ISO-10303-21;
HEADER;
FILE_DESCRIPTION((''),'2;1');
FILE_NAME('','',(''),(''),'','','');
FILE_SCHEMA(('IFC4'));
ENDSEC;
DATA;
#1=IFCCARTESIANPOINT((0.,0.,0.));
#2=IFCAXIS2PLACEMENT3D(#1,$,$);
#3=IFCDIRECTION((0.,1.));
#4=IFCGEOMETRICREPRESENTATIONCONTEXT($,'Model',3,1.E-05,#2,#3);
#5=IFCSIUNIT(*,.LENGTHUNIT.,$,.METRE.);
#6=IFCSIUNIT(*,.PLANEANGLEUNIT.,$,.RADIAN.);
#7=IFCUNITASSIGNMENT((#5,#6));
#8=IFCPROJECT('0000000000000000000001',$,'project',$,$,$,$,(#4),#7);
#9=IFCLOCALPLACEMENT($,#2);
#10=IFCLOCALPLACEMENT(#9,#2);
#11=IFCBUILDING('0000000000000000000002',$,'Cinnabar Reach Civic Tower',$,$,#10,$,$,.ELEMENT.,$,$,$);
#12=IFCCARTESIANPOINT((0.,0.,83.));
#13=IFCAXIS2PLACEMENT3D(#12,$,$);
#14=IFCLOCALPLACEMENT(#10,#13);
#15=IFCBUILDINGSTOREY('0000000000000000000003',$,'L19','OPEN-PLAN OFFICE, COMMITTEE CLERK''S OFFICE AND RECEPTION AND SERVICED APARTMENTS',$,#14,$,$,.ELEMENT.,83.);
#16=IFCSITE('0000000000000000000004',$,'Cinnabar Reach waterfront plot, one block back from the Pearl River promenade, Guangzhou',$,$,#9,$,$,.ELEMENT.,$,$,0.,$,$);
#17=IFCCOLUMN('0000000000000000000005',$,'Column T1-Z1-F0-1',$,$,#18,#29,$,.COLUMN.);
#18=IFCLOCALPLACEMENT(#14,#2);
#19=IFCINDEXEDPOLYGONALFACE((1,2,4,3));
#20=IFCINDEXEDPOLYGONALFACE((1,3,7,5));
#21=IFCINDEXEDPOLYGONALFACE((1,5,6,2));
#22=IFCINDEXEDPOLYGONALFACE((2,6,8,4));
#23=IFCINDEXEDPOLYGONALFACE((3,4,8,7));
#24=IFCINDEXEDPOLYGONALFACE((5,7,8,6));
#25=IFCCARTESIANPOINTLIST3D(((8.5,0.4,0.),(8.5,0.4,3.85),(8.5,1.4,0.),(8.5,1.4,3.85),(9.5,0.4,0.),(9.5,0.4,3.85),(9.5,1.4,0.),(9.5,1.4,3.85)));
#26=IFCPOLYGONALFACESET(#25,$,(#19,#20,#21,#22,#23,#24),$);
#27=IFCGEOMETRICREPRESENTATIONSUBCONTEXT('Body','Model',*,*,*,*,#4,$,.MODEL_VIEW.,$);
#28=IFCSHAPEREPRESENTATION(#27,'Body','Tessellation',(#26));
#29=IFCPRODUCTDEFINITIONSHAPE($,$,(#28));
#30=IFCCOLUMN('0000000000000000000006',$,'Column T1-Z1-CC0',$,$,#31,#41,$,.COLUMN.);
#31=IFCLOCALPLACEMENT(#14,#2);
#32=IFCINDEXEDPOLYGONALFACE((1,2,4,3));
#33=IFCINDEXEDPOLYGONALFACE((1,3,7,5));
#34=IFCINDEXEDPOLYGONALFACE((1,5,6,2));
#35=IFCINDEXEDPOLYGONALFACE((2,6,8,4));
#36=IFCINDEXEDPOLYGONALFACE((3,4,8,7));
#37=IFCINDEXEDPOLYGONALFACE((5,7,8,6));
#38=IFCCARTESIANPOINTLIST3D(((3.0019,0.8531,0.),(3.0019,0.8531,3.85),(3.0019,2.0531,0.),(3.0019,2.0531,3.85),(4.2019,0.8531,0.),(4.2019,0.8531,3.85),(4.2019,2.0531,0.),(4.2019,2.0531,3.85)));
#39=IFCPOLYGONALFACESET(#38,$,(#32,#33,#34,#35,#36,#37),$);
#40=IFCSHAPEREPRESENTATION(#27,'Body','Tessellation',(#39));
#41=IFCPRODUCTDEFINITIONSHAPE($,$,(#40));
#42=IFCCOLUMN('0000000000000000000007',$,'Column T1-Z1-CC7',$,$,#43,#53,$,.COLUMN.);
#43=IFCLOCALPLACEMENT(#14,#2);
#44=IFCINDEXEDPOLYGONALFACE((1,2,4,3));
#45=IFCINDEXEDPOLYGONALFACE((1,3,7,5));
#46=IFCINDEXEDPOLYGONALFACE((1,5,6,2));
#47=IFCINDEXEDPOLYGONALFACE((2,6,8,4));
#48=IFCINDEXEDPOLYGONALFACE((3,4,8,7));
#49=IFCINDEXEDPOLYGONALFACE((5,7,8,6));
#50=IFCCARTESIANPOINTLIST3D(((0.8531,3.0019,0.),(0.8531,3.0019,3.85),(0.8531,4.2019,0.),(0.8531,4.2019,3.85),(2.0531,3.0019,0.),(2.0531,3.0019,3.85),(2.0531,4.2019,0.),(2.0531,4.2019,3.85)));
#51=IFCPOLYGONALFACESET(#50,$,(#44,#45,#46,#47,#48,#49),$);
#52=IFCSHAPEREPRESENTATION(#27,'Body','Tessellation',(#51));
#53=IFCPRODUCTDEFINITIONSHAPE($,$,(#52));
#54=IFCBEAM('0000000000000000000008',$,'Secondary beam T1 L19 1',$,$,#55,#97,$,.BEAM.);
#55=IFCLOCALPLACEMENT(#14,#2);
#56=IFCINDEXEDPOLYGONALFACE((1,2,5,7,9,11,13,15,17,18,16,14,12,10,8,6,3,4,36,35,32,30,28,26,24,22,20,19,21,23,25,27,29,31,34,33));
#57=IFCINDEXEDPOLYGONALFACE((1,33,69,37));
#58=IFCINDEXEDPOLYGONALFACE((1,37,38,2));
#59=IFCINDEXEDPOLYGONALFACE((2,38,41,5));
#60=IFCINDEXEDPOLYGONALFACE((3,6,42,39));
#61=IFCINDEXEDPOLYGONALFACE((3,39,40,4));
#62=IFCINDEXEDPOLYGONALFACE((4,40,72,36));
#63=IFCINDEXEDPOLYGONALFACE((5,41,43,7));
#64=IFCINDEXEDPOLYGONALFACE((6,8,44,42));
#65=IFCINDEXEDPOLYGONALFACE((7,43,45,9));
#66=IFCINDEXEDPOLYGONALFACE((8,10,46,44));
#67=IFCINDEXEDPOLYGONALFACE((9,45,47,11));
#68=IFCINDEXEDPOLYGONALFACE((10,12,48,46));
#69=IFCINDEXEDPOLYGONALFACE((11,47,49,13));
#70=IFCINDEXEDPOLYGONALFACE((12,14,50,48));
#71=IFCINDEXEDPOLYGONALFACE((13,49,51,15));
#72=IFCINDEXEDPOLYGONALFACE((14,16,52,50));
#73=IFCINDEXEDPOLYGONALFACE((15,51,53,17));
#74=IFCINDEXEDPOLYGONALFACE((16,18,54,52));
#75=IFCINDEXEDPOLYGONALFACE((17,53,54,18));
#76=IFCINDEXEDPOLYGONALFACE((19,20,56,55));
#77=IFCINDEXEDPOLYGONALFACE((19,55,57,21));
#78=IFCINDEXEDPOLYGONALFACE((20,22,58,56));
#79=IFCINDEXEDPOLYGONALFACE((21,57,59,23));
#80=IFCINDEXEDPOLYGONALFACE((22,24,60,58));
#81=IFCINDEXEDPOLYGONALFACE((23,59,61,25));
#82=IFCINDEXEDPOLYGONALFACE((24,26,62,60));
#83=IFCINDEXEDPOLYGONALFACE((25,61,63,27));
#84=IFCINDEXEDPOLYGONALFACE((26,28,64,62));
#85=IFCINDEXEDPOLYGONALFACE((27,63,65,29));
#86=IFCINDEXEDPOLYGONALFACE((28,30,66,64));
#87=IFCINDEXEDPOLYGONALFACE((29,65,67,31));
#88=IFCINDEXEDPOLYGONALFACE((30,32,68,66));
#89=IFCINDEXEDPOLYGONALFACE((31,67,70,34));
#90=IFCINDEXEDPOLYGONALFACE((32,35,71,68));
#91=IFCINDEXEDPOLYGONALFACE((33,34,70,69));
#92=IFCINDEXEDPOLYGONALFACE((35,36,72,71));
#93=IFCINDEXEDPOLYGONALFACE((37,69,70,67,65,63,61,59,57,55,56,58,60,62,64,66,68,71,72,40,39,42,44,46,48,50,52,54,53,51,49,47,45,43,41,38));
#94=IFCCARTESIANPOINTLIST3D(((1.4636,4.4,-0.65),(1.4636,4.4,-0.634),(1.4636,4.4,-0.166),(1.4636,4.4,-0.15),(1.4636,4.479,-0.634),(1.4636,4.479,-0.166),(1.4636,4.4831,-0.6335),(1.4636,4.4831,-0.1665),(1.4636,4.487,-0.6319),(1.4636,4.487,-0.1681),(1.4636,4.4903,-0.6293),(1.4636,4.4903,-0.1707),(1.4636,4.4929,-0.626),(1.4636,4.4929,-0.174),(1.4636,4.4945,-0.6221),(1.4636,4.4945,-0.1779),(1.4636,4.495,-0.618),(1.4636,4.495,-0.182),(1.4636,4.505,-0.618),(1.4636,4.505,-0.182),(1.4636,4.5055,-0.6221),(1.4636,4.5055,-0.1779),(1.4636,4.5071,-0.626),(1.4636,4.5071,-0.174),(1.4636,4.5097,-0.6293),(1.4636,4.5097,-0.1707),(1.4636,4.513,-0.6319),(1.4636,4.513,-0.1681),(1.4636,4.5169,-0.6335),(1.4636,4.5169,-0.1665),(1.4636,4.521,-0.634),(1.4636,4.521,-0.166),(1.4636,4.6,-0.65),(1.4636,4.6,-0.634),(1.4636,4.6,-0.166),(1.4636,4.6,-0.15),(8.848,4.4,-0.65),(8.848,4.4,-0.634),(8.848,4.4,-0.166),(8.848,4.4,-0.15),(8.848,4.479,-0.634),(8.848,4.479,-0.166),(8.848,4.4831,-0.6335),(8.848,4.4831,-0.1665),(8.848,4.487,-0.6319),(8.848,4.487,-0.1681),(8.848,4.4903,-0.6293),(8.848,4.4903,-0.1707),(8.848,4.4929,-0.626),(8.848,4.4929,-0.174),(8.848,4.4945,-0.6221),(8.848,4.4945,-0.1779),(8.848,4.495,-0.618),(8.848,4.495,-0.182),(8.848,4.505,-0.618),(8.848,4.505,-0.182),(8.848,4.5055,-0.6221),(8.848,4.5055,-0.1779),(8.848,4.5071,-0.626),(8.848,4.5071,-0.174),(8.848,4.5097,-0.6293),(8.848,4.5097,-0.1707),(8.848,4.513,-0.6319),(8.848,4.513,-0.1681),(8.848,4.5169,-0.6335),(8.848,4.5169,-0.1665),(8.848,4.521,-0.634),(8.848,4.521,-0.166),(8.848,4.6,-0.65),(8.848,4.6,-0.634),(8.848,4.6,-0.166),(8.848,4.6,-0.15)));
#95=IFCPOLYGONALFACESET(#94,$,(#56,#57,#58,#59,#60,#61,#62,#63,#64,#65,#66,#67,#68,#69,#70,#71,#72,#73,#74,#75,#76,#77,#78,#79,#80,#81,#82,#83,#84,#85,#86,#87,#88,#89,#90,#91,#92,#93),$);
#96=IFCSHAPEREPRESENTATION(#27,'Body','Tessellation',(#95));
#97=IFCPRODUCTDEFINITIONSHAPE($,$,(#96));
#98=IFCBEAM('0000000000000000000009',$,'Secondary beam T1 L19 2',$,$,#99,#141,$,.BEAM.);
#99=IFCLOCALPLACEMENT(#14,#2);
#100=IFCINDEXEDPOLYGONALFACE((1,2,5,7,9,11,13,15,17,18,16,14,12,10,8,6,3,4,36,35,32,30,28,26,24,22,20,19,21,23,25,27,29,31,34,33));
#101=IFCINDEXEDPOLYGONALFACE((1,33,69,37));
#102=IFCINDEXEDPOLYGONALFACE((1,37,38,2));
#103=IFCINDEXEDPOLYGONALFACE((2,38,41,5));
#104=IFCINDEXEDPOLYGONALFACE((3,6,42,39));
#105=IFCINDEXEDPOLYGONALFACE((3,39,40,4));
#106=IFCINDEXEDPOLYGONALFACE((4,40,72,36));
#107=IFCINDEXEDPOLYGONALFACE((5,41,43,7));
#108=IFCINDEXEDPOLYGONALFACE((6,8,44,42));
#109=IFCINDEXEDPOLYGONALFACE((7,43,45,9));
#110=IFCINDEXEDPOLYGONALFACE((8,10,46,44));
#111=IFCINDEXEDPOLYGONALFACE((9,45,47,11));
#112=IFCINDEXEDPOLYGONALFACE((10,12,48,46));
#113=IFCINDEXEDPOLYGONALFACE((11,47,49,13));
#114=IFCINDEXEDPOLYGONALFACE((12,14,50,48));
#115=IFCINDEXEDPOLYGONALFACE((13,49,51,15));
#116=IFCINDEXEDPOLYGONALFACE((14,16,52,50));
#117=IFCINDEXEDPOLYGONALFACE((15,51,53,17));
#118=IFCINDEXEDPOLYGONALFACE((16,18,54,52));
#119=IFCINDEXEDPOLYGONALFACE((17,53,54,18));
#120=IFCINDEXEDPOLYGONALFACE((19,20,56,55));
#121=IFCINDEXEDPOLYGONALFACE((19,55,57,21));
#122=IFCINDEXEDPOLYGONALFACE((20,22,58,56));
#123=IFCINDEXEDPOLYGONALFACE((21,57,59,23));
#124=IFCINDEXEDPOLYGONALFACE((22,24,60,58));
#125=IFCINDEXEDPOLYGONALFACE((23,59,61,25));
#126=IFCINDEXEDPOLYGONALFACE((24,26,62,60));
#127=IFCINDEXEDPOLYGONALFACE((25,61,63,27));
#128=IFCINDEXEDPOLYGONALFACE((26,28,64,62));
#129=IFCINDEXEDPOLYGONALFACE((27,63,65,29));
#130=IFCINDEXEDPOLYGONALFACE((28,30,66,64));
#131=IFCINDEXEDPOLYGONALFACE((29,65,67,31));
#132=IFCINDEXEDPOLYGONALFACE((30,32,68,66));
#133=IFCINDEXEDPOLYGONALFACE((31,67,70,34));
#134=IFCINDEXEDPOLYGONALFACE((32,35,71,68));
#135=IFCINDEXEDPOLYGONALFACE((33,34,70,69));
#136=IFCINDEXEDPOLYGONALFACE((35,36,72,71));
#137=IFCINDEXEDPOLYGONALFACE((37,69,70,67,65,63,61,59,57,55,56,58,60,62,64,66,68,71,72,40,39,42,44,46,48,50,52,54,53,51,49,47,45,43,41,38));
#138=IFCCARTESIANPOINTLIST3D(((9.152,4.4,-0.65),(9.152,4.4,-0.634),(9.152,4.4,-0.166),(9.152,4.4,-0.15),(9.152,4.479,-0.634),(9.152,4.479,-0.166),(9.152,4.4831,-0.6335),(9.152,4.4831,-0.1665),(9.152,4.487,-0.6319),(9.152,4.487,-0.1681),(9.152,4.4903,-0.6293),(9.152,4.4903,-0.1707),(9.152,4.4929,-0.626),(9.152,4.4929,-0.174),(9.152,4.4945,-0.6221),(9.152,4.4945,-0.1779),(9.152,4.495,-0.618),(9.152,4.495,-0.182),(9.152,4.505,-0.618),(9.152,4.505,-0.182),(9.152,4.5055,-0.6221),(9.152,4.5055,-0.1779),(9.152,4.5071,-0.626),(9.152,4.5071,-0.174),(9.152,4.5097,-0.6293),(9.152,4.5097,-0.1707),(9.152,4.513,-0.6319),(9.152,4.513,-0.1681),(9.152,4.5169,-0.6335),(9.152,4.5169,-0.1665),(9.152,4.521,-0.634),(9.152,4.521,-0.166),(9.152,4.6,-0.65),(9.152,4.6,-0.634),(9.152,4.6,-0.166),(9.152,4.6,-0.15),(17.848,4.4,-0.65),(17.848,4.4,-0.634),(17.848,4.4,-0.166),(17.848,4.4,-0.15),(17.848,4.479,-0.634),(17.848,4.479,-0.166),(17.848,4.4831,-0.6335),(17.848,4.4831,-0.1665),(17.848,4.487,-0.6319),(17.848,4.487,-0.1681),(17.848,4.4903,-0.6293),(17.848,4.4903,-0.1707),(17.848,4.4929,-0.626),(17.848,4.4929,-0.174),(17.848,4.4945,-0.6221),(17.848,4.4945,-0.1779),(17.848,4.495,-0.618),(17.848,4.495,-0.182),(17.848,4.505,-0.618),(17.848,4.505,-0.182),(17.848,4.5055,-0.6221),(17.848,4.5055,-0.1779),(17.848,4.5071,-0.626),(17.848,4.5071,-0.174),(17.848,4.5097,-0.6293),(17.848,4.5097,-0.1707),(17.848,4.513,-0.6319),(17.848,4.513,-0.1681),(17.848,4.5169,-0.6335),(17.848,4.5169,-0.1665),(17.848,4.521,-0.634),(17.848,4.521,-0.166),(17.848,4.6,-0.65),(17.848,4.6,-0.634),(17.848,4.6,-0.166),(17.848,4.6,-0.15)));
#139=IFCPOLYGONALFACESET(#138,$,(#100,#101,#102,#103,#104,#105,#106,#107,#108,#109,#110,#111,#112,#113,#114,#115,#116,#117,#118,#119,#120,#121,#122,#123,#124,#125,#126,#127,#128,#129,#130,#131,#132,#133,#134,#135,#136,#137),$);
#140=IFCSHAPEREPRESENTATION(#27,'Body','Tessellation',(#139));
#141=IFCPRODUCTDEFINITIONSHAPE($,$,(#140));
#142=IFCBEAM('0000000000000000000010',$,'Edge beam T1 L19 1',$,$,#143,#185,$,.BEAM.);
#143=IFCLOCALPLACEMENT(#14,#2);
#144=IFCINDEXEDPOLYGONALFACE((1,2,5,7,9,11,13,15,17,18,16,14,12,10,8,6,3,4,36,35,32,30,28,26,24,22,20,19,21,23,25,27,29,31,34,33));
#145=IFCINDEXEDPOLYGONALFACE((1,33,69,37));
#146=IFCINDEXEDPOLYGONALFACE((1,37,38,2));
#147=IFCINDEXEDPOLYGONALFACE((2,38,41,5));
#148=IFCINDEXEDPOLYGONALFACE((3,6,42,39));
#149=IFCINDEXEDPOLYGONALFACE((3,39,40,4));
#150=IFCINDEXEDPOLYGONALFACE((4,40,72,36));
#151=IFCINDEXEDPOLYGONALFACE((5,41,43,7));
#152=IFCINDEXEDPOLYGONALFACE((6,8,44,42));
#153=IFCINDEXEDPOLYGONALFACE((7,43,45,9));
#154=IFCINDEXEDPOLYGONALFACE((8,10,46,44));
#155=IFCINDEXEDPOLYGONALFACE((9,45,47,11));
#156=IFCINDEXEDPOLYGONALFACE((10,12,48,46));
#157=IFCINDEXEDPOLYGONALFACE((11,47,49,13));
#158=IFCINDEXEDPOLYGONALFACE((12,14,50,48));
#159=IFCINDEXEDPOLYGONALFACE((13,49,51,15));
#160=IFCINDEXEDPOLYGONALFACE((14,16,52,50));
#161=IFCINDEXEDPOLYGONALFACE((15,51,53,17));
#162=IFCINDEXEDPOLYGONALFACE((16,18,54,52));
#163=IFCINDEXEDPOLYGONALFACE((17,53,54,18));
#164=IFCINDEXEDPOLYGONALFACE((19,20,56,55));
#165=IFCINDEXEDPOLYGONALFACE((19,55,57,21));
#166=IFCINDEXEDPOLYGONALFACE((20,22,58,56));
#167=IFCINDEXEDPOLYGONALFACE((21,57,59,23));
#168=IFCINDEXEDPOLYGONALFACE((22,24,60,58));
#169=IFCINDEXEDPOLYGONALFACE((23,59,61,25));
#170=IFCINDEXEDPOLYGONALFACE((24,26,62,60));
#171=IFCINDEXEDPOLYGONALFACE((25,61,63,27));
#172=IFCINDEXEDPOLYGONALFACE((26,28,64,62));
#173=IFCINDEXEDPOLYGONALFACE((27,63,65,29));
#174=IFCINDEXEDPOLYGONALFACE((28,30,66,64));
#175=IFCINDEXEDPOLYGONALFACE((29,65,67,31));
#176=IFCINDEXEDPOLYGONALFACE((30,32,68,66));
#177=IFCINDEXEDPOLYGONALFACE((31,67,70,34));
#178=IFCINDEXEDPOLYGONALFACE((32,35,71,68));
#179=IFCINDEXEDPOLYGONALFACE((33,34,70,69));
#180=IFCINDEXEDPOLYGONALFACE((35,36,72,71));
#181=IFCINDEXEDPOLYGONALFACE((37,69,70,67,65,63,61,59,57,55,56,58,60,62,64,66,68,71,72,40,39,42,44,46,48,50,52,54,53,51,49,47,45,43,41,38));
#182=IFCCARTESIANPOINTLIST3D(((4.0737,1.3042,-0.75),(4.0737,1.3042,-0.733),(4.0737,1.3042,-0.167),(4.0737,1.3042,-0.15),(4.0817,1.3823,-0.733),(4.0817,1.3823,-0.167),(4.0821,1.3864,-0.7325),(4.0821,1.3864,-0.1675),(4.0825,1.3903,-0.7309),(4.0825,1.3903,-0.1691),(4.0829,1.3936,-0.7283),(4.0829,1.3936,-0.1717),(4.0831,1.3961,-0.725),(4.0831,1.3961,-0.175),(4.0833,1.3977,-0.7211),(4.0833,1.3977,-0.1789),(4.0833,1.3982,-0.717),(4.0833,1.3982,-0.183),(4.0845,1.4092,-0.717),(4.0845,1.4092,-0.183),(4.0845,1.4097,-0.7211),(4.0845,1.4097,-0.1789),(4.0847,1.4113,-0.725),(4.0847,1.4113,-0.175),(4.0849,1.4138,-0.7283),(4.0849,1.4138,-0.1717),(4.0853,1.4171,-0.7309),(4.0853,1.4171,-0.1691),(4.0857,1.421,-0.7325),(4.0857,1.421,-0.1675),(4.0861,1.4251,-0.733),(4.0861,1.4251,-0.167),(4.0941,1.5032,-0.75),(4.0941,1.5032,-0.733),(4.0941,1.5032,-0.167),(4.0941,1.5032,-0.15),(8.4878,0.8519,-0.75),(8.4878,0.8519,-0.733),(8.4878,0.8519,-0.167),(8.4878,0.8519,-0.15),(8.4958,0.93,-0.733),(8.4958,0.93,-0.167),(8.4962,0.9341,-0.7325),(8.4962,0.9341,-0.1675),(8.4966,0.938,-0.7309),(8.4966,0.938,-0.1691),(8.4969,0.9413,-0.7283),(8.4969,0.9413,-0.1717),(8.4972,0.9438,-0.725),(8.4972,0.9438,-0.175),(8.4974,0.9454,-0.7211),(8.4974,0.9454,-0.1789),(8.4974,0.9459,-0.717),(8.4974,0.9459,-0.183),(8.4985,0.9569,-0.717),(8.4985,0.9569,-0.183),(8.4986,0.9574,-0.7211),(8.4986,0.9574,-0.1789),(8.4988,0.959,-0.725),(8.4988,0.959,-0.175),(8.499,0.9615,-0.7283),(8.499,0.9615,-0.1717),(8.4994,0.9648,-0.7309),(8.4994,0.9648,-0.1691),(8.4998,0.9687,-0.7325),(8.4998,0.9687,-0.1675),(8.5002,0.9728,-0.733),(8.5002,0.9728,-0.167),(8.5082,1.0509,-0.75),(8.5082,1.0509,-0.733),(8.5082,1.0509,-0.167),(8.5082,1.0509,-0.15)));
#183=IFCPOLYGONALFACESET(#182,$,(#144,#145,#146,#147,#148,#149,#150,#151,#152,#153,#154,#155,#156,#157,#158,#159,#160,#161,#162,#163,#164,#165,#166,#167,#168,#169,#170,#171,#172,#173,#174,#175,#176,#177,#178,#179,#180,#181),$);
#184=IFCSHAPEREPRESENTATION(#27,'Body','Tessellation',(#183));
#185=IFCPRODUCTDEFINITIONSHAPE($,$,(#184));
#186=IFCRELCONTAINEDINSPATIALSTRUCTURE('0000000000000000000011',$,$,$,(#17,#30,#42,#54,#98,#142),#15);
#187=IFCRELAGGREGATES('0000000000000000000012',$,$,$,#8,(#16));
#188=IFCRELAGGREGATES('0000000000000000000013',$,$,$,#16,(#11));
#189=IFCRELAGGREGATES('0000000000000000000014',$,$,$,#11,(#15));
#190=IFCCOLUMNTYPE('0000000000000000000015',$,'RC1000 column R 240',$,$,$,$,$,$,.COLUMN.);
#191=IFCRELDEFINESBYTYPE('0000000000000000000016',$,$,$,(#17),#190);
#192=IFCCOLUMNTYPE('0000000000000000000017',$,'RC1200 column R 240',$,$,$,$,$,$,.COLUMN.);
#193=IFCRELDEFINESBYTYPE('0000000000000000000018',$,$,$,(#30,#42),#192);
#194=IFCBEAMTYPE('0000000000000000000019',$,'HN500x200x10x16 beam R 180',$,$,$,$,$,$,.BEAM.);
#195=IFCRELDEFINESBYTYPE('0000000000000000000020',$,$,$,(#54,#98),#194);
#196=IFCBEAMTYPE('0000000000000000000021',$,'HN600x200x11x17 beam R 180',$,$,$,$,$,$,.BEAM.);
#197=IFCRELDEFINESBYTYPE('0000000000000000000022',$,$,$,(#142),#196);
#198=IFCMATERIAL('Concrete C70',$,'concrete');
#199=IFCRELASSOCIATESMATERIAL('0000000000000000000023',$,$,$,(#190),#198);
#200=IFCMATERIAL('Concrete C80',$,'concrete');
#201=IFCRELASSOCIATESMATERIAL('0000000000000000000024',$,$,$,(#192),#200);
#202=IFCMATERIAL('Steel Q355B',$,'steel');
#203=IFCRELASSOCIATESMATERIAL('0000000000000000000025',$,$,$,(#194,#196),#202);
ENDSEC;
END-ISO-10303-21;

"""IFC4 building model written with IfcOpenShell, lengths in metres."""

from ifc_helpers import new_model, si_unit, direction, frame, origin, origin_2d, place, context, subcontext, project, spatial, rectangle, i_section, extrude, material, material_profile, profile_set, type_object, element, save


model = new_model("IFC4")

# Units and contexts
model_context = context("Model", 3, precision=1e-05, world=origin(), true_north=direction((0.0, 1.0)))
body_context = subcontext(model_context, "Body", "Model", "MODEL_VIEW")
ifc_project = project(units=[si_unit("LENGTHUNIT", "METRE"), si_unit("PLANEANGLEUNIT", "RADIAN")], contexts=[model_context])

# Site, building, storey
site_placement = place(None, origin())
site = spatial("IfcSite", under=ifc_project, at=site_placement, Name="Cinnabar Reach waterfront plot, one block back from the Pearl River promenade, Guangzhou", CompositionType="ELEMENT", RefElevation=0.0)
building_placement = place(site_placement, origin())
building = spatial("IfcBuilding", under=site, at=building_placement, Name="Cinnabar Reach Civic Tower", CompositionType="ELEMENT")
storey_placement = place(building_placement, frame((0.0, 0.0, 83.0)))
storey = spatial("IfcBuildingStorey", under=building, at=storey_placement, Name="L19", Description="OPEN-PLAN OFFICE, COMMITTEE CLERK'S OFFICE AND RECEPTION AND SERVICED APARTMENTS", CompositionType="ELEMENT", Elevation=83.0)

# Columns
ifc_material_1 = material(Name="Concrete C70", Category="concrete")
ifc_material_profile_1 = material_profile(ifc_material_1, rectangle(XDim=1.0, YDim=1.0, at=origin_2d()), Name="RC1000")
ifc_profile_set_1 = profile_set([ifc_material_profile_1], Name="Concrete C70")
column_type_1 = type_object("IfcColumnType", Name="RC1000 column R 240", PredefinedType="COLUMN", material=ifc_profile_set_1)
column_placement = place(storey_placement, frame((9.0, 0.9, 0.0), z_axis=(0.0, 0.0, 1.0), x_axis=(1.0, 0.0, 0.0)))
element("IfcColumn", 1, at=column_placement, inside=storey, type_object=column_type_1, Name="Column T1-Z1-F0-1", PredefinedType="COLUMN", context=body_context, shape_type="SweptSolid", body=[
    extrude(rectangle(XDim=1.0, YDim=1.0, at=origin_2d()), origin(), (0.0, 0.0, 1.0), 3.85),
])
ifc_material_2 = material(Name="Concrete C80", Category="concrete")
ifc_material_profile_2 = material_profile(ifc_material_2, rectangle(XDim=1.2, YDim=1.2, at=origin_2d()), Name="RC1200")
ifc_profile_set_2 = profile_set([ifc_material_profile_2], Name="Concrete C80")
column_type_2 = type_object("IfcColumnType", Name="RC1200 column R 240", PredefinedType="COLUMN", material=ifc_profile_set_2)
for number, where, z_axis, x_axis, name in (
    (2, (3.6019, 1.4531, 0.0), (0.0, 0.0, 1.0), (1.0, 0.0, 0.0), "Column T1-Z1-CC0"),
    (3, (1.4531, 3.6019, 0.0), (0.0, 0.0, 1.0), (1.0, 0.0, 0.0), "Column T1-Z1-CC7"),
):
    element("IfcColumn", number, at=place(storey_placement, frame(where, z_axis=z_axis, x_axis=x_axis)), inside=storey, type_object=column_type_2, Name=name, PredefinedType="COLUMN", context=body_context, shape_type="SweptSolid", body=[
        extrude(rectangle(XDim=1.2, YDim=1.2, at=origin_2d()), origin(), (0.0, 0.0, 1.0), 3.85),
    ])

# Beams
ifc_material_3 = material(Name="Steel Q355B", Category="steel")
ifc_material_profile_3 = material_profile(ifc_material_3, i_section(OverallWidth=0.2, OverallDepth=0.5, WebThickness=0.01, FlangeThickness=0.016, FilletRadius=0.016, at=origin_2d()), Name="HN500x200x10x16")
ifc_profile_set_3 = profile_set([ifc_material_profile_3], Name="Steel Q355B")
beam_type_1 = type_object("IfcBeamType", Name="HN500x200x10x16 beam R 180", PredefinedType="BEAM", material=ifc_profile_set_3)
beam_1_placement = place(storey_placement, frame((1.4636, 4.5, -0.4), z_axis=(1.0, 0.0, 0.0), x_axis=(0.0, 1.0, 0.0)))
element("IfcBeam", 4, at=beam_1_placement, inside=storey, type_object=beam_type_1, Name="Secondary beam T1 L19 1", PredefinedType="BEAM", context=body_context, shape_type="SweptSolid", body=[
    extrude(i_section(OverallWidth=0.2, OverallDepth=0.5, WebThickness=0.01, FlangeThickness=0.016, FilletRadius=0.016, at=origin_2d()), origin(), (0.0, 0.0, 1.0), 7.3844),
])
beam_2_placement = place(storey_placement, frame((9.152, 4.5, -0.4), z_axis=(1.0, 0.0, 0.0), x_axis=(0.0, 1.0, 0.0)))
element("IfcBeam", 5, at=beam_2_placement, inside=storey, type_object=beam_type_1, Name="Secondary beam T1 L19 2", PredefinedType="BEAM", context=body_context, shape_type="SweptSolid", body=[
    extrude(i_section(OverallWidth=0.2, OverallDepth=0.5, WebThickness=0.01, FlangeThickness=0.016, FilletRadius=0.016, at=origin_2d()), origin(), (0.0, 0.0, 1.0), 8.696),
])
ifc_material_profile_4 = material_profile(ifc_material_3, i_section(OverallWidth=0.2, OverallDepth=0.6, WebThickness=0.011, FlangeThickness=0.017, FilletRadius=0.016, at=origin_2d()), Name="HN600x200x11x17")
ifc_profile_set_4 = profile_set([ifc_material_profile_4], Name="Steel Q355B")
beam_type_2 = type_object("IfcBeamType", Name="HN600x200x11x17 beam R 180", PredefinedType="BEAM", material=ifc_profile_set_4)
for number, where, z_axis, x_axis, name in (
    (6, (4.0839, 1.4037, -0.45), (0.994791, -0.101933, 0.0), (0.101933, 0.994791, 0.0), "Edge beam T1 L19 1"),
):
    element("IfcBeam", number, at=place(storey_placement, frame(where, z_axis=z_axis, x_axis=x_axis)), inside=storey, type_object=beam_type_2, Name=name, PredefinedType="BEAM", context=body_context, shape_type="SweptSolid", body=[
        extrude(i_section(OverallWidth=0.2, OverallDepth=0.6, WebThickness=0.011, FlangeThickness=0.017, FilletRadius=0.016, at=origin_2d()), origin(), (0.0, 0.0, 1.0), 4.4372),
    ])

save(model, "model.ifc")
